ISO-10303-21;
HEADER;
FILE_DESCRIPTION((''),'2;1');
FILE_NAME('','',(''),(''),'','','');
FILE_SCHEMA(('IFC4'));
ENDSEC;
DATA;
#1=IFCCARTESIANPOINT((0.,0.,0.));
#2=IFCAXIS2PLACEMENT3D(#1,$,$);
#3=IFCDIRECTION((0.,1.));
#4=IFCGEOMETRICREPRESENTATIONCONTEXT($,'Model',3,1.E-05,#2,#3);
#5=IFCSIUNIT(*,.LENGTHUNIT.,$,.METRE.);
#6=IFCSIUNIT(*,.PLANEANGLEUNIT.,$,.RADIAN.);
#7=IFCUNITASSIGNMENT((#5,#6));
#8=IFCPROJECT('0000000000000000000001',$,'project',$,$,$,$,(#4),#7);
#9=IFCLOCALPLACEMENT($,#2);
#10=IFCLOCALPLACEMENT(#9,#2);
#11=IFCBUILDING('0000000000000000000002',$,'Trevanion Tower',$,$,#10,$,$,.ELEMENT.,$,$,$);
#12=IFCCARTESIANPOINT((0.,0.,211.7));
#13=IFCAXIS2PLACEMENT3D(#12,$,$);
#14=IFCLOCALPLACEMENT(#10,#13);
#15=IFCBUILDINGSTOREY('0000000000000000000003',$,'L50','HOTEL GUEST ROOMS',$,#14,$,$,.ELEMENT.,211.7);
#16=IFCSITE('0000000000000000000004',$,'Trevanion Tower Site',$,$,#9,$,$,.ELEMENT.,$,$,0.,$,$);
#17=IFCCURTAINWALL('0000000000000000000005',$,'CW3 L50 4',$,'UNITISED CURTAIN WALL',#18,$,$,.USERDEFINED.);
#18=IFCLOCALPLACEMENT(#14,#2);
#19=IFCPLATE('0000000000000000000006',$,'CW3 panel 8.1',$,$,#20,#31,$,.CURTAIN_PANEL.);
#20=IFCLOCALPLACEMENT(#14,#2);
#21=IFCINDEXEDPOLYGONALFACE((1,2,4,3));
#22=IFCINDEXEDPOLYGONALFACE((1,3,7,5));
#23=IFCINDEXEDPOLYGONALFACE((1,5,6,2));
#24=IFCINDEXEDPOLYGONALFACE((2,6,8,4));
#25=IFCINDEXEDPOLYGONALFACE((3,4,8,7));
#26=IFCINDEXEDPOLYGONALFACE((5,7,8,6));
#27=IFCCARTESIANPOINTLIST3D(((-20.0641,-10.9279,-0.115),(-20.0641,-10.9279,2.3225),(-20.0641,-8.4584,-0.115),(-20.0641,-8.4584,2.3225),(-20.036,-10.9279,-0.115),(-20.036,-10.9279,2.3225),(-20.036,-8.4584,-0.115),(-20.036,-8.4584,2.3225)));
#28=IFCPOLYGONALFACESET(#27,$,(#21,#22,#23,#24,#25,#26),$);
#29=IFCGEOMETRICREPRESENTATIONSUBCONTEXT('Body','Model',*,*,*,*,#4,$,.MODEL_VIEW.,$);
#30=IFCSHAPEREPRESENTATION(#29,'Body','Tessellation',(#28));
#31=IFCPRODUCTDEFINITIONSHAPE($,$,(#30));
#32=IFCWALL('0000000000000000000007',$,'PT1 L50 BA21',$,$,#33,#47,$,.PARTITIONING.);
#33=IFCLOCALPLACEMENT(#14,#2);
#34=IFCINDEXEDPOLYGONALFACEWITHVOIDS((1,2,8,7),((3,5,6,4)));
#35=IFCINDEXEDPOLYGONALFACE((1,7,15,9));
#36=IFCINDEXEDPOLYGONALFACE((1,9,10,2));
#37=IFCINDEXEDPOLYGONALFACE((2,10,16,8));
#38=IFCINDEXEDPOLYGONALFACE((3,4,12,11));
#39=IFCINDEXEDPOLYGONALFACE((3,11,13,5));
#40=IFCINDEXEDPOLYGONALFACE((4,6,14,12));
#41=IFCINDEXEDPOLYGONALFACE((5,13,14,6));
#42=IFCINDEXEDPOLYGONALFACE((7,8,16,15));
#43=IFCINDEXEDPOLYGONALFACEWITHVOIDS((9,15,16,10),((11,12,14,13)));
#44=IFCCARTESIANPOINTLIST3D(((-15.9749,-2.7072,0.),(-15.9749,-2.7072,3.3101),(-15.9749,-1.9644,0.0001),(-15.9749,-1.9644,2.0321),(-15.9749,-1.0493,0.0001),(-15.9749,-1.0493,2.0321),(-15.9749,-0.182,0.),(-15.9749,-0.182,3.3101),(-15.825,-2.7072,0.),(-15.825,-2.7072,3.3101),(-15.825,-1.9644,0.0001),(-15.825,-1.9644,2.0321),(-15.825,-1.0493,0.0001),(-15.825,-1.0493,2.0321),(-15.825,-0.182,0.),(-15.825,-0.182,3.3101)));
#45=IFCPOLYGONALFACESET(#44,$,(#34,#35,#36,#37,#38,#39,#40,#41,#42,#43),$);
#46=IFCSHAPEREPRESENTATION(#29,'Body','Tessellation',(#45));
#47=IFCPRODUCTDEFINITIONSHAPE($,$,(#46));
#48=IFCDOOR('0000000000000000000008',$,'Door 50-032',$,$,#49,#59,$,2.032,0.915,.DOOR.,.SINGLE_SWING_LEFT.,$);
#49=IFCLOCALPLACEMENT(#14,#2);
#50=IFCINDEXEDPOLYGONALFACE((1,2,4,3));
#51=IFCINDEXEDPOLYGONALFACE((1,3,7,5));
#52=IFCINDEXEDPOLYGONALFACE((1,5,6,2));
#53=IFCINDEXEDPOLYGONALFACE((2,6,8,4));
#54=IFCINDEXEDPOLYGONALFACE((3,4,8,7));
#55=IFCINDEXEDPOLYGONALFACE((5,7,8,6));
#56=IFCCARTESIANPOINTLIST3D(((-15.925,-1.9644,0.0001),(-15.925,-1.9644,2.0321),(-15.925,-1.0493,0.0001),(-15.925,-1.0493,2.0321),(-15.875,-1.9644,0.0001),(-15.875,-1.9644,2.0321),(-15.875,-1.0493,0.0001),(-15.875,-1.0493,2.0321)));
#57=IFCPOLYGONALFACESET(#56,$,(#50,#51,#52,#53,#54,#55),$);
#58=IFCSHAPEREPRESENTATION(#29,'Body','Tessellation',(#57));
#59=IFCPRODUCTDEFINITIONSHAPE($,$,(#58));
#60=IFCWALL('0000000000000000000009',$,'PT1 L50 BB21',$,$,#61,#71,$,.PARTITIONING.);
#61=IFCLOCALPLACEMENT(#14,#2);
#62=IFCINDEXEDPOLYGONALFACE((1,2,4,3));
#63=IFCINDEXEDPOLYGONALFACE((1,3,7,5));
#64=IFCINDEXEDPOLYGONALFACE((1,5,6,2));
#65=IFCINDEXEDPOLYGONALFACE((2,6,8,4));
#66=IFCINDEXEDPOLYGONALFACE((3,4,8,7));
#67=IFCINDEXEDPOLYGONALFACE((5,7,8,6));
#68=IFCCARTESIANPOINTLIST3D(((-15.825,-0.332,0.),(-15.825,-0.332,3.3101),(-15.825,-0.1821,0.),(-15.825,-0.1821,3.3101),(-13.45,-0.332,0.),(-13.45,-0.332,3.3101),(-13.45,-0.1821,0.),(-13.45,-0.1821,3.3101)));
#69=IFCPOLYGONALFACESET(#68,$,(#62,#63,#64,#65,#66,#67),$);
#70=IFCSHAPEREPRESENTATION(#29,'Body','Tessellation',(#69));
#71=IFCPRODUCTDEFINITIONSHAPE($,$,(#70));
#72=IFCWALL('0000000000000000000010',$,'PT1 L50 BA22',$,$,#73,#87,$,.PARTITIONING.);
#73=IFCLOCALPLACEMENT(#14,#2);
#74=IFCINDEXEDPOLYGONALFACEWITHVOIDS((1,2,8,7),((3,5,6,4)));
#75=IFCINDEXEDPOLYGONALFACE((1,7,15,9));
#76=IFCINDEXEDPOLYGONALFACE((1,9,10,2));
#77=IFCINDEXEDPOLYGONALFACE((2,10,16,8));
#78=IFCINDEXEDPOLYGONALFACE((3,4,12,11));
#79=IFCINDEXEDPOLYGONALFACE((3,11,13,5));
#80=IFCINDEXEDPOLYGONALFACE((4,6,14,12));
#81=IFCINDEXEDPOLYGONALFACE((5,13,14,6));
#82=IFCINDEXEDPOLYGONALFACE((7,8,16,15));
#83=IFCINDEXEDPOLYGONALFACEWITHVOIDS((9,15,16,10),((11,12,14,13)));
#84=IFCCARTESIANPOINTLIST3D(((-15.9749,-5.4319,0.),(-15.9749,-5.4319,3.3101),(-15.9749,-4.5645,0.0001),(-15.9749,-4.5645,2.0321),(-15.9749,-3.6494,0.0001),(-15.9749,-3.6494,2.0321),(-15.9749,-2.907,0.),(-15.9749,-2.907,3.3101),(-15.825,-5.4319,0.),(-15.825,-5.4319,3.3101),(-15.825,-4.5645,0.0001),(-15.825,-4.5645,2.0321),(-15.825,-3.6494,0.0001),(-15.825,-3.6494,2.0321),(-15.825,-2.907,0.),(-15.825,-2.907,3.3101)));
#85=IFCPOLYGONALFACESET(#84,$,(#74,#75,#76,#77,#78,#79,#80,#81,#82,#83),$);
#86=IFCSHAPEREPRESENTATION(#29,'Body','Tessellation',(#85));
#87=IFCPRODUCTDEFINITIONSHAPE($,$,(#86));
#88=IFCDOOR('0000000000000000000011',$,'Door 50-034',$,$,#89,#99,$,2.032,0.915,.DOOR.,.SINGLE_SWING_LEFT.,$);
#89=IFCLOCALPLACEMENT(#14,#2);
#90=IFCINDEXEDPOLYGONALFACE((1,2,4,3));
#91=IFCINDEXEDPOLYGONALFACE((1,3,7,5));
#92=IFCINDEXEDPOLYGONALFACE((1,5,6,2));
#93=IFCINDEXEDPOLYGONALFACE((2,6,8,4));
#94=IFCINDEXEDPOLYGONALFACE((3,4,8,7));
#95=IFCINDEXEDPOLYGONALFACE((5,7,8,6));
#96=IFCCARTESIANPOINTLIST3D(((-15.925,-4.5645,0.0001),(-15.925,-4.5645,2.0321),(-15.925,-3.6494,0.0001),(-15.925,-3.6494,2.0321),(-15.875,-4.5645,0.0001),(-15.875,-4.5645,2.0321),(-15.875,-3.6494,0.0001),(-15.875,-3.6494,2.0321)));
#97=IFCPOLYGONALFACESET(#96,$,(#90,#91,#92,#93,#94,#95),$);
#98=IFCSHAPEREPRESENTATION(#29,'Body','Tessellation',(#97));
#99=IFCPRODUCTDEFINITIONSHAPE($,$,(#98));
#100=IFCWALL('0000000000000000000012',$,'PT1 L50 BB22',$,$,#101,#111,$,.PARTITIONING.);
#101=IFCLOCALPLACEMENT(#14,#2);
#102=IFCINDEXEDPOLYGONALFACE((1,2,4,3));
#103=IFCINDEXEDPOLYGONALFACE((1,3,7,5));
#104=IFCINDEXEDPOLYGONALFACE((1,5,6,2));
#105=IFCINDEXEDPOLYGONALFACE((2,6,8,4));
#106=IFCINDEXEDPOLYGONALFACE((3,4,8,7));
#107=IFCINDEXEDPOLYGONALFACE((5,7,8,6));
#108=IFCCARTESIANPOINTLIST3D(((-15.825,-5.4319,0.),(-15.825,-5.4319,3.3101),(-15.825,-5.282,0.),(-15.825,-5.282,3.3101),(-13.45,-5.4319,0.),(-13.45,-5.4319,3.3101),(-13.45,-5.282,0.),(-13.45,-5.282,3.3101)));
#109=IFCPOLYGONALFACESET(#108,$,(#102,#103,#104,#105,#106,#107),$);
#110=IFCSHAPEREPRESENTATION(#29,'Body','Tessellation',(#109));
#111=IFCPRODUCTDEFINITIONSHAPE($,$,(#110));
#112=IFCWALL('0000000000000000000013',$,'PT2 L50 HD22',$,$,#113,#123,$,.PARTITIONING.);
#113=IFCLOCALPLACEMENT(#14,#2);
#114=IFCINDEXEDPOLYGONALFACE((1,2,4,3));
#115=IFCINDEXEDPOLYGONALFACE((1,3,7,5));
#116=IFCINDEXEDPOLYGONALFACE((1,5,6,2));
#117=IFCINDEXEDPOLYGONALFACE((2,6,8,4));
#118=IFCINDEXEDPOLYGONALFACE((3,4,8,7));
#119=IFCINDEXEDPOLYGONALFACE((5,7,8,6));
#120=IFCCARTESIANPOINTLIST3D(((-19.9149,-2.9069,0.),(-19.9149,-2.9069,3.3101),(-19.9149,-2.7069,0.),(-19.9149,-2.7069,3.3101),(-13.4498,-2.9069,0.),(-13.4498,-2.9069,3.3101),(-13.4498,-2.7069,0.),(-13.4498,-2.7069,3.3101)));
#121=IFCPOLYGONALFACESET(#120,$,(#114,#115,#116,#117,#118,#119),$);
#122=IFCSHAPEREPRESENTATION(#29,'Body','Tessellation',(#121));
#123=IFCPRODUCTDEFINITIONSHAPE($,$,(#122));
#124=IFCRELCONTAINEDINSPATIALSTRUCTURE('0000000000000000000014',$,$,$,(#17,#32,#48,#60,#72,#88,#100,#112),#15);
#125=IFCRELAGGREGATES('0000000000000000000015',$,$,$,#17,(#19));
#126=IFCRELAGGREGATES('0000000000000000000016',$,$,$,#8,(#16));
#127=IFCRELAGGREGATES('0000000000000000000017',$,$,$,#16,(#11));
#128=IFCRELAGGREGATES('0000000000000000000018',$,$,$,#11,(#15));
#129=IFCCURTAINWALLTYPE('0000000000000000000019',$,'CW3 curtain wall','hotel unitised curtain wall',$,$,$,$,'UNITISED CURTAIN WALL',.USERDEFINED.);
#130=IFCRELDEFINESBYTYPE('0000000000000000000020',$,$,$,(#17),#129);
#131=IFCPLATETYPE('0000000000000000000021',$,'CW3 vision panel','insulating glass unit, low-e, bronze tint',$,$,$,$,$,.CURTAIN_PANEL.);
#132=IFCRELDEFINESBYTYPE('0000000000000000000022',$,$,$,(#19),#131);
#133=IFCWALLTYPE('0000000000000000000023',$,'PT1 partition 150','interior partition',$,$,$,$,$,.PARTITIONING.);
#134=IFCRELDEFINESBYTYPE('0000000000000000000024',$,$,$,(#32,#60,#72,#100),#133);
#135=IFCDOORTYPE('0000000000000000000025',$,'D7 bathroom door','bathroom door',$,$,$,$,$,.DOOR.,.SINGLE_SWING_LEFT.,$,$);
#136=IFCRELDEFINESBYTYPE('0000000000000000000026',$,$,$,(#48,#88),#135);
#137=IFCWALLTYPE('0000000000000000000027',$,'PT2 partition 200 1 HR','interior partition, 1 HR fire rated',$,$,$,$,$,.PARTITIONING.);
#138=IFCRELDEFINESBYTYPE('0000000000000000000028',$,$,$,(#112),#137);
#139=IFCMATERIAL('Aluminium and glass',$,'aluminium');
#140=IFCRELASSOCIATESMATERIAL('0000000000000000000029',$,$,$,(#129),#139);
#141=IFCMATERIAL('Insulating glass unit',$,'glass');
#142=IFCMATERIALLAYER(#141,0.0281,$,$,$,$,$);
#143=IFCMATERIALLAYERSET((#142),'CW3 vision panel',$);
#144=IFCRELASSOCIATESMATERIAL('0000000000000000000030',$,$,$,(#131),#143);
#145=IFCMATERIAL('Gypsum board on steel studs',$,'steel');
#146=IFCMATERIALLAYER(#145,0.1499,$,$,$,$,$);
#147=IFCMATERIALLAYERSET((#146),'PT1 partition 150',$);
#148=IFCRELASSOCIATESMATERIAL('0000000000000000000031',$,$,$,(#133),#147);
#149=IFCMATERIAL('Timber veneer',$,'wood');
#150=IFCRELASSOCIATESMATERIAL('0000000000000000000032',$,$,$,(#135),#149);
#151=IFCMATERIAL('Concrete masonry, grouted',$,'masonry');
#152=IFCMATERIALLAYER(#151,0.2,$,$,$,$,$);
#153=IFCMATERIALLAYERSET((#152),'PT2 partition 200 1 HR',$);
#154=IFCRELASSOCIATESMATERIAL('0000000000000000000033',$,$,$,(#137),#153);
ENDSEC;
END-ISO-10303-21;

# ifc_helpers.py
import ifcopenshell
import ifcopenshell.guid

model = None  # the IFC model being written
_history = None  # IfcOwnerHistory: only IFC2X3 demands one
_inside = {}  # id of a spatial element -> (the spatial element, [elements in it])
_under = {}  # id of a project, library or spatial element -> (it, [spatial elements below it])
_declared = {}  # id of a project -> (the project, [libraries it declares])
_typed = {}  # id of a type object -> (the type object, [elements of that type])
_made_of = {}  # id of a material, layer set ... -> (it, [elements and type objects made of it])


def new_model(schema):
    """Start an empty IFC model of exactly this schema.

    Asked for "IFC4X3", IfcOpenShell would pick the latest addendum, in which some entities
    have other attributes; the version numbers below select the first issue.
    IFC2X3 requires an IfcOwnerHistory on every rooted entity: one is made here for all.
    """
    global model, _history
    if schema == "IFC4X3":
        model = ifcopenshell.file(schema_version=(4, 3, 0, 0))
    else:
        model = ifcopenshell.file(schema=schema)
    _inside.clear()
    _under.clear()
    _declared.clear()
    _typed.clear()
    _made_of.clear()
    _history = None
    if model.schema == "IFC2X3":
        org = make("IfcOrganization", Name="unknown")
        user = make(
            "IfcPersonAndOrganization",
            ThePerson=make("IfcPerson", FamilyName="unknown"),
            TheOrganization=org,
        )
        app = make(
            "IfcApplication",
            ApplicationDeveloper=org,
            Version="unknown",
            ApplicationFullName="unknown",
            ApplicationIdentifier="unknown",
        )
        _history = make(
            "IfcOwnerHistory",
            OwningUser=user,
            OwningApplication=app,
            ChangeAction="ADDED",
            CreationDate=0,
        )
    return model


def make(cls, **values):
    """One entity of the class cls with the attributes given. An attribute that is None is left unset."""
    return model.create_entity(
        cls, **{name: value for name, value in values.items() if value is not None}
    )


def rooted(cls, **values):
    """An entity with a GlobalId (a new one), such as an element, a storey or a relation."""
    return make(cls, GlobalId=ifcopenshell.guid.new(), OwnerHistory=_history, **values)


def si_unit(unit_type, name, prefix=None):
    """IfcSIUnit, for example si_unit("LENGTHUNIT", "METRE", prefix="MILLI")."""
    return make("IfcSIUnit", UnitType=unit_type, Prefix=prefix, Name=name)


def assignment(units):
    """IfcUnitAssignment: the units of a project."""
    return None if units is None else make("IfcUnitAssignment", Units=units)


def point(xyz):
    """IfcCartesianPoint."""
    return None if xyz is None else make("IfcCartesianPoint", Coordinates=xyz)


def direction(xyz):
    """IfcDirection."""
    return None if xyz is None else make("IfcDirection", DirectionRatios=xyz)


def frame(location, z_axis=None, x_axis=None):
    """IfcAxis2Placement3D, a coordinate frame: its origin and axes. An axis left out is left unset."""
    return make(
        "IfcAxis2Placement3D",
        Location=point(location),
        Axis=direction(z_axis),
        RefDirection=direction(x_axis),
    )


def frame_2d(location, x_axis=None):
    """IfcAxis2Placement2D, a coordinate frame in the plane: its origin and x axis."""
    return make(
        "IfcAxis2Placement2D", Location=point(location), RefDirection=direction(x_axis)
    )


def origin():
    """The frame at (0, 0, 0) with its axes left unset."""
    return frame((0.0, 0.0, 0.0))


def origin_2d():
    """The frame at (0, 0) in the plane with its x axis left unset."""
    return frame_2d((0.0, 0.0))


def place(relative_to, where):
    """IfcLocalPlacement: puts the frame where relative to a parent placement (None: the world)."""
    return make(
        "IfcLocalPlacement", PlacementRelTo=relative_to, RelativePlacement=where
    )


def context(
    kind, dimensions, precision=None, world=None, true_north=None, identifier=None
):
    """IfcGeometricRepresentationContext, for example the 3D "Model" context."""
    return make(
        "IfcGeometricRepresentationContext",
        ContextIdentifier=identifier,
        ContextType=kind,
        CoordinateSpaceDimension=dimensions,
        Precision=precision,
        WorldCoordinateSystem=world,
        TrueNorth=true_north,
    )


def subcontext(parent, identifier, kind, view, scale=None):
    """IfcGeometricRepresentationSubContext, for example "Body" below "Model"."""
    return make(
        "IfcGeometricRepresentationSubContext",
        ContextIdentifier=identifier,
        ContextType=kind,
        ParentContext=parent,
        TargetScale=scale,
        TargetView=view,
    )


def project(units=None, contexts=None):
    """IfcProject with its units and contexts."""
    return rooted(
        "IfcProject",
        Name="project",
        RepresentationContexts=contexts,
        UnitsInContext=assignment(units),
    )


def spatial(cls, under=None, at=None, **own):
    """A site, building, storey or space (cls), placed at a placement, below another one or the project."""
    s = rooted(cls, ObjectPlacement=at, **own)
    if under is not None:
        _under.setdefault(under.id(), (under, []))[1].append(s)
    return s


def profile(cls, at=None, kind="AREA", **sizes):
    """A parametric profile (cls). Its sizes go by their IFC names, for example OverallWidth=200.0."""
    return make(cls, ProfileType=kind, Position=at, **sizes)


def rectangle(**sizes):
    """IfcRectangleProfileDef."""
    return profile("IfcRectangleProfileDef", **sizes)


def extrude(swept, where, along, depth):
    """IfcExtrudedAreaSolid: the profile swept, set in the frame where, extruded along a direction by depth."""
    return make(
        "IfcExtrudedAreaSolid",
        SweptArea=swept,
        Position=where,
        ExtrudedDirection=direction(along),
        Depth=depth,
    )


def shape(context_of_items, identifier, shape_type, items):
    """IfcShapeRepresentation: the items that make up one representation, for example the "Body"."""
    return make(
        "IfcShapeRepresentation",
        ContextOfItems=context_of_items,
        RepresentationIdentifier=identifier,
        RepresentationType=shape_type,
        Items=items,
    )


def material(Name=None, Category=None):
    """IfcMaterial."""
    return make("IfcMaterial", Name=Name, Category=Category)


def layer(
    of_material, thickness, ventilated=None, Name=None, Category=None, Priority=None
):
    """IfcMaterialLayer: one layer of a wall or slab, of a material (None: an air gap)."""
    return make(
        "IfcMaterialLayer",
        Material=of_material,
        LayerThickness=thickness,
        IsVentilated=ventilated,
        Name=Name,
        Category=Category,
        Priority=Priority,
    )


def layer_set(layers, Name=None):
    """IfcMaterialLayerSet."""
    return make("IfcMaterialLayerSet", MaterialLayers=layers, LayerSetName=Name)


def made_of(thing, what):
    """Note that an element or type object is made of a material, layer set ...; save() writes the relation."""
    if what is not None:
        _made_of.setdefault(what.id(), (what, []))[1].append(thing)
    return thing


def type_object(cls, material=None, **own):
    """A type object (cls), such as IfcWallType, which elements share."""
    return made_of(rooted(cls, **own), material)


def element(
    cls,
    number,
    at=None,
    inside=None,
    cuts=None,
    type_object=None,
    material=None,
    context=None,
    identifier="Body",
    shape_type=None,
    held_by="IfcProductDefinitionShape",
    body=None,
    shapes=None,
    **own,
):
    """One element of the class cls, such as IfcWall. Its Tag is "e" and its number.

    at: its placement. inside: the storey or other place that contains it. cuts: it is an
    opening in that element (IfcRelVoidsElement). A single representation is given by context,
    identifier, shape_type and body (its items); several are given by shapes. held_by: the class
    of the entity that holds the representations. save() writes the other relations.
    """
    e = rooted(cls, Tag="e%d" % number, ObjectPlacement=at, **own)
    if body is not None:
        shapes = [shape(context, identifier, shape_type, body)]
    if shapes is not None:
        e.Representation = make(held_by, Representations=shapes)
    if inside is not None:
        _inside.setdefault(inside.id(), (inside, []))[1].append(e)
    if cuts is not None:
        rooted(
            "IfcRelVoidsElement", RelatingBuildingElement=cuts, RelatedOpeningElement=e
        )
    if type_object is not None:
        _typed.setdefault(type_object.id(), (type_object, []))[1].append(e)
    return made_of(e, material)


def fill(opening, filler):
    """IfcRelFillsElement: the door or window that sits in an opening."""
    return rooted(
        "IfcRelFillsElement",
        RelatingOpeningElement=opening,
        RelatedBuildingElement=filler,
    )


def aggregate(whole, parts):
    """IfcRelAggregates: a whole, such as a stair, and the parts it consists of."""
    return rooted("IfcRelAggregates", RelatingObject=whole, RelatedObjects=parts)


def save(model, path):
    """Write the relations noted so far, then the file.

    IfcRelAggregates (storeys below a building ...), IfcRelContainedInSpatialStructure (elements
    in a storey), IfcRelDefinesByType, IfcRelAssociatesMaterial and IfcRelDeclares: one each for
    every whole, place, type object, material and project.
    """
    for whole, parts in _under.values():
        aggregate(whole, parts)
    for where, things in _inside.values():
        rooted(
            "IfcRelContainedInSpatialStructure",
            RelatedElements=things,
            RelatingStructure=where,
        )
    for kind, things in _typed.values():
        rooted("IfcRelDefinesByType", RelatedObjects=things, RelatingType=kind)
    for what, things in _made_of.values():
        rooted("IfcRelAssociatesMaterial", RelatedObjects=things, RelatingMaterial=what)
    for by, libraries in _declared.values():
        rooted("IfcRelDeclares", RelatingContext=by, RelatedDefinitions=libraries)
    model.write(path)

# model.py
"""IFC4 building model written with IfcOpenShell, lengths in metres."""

from ifc_helpers import new_model, si_unit, direction, frame, frame_2d, origin, origin_2d, place, context, subcontext, project, spatial, rectangle, extrude, material, layer, layer_set, type_object, element, fill, aggregate, save


model = new_model("IFC4")

# Units and contexts
model_context = context("Model", 3, precision=1e-05, world=origin(), true_north=direction((0.0, 1.0)))
body_context = subcontext(model_context, "Body", "Model", "MODEL_VIEW")
ifc_project = project(units=[si_unit("LENGTHUNIT", "METRE"), si_unit("PLANEANGLEUNIT", "RADIAN")], contexts=[model_context])

# Site, building, storey
site_placement = place(None, origin())
site = spatial("IfcSite", under=ifc_project, at=site_placement, Name="Trevanion Tower Site", CompositionType="ELEMENT", RefElevation=0.0)
building_placement = place(site_placement, origin())
building = spatial("IfcBuilding", under=site, at=building_placement, Name="Trevanion Tower", CompositionType="ELEMENT")
storey_placement = place(building_placement, frame((0.0, 0.0, 211.7)))
storey = spatial("IfcBuildingStorey", under=building, at=storey_placement, Name="L50", Description="HOTEL GUEST ROOMS", CompositionType="ELEMENT", Elevation=211.7)

# Curtain wall
ifc_material_1 = material(Name="Aluminium and glass", Category="aluminium")
curtain_wall_type = type_object("IfcCurtainWallType", Name="CW3 curtain wall", Description="hotel unitised curtain wall", ElementType="UNITISED CURTAIN WALL", PredefinedType="USERDEFINED", material=ifc_material_1)
curtain_wall_placement = place(storey_placement, origin())
curtain_wall = element("IfcCurtainWall", 1, at=curtain_wall_placement, inside=storey, type_object=curtain_wall_type, Name="CW3 L50 4", ObjectType="UNITISED CURTAIN WALL", PredefinedType="USERDEFINED")

# Plate
ifc_material_2 = material(Name="Insulating glass unit", Category="glass")
ifc_layer_1 = layer(ifc_material_2, 0.0281)
ifc_layer_set_1 = layer_set([ifc_layer_1], Name="CW3 vision panel")
plate_type_1 = type_object("IfcPlateType", Name="CW3 vision panel", Description="insulating glass unit, low-e, bronze tint", PredefinedType="CURTAIN_PANEL", material=ifc_layer_set_1)
plate_1_placement = place(storey_placement, frame((-20.05, -9.6931, -0.115), z_axis=(0.0, 0.0, 1.0), x_axis=(0.0, -1.0, 0.0)))
plate_1 = element("IfcPlate", 2, at=plate_1_placement, type_object=plate_type_1, Name="CW3 panel 8.1", PredefinedType="CURTAIN_PANEL", context=body_context, shape_type="SweptSolid", body=[
    extrude(rectangle(XDim=2.4695, YDim=0.0281, at=origin_2d()), origin(), (0.0, 0.0, 1.0), 2.4375),
])
aggregate(curtain_wall, [plate_1])

# Wall, opening, door
ifc_material_3 = material(Name="Gypsum board on steel studs", Category="steel")
ifc_layer_2 = layer(ifc_material_3, 0.1499)
ifc_layer_set_2 = layer_set([ifc_layer_2], Name="PT1 partition 150")
wall_type_1 = type_object("IfcWallType", Name="PT1 partition 150", Description="interior partition", PredefinedType="PARTITIONING", material=ifc_layer_set_2)
wall_1_placement = place(storey_placement, frame((-15.8999, -0.1819, 0.0), z_axis=(0.0, 0.0, 1.0), x_axis=(0.0, -1.0, 0.0)))
wall_1 = element("IfcWall", 3, at=wall_1_placement, inside=storey, type_object=wall_type_1, Name="PT1 L50 BA21", PredefinedType="PARTITIONING", context=body_context, shape_type="SweptSolid", body=[
    extrude(rectangle(XDim=2.5251, YDim=0.1499, at=frame_2d((1.2627, 0.0))), origin(), (0.0, 0.0, 1.0), 3.3101),
])
opening_1_placement = place(wall_1_placement, frame((0.8674, 0.0, 0.0)))
opening_1 = element("IfcOpeningElement", 4, at=opening_1_placement, cuts=wall_1, PredefinedType="OPENING", context=body_context, shape_type="SweptSolid", body=[
    extrude(rectangle(XDim=0.915, YDim=2.032, at=frame_2d((0.4575, 1.0161))), frame((0.0, 0.085, 0.0), z_axis=(0.0, -1.0, 0.0), x_axis=(1.0, 0.0, 0.0)), (0.0, 0.0, 1.0), 0.1699),
])
ifc_material_4 = material(Name="Timber veneer", Category="wood")
door_type = type_object("IfcDoorType", Name="D7 bathroom door", Description="bathroom door", OperationType="SINGLE_SWING_LEFT", PredefinedType="DOOR", material=ifc_material_4)
door_1_placement = place(opening_1_placement, origin())
door_1 = element("IfcDoor", 5, at=door_1_placement, inside=storey, type_object=door_type, Name="Door 50-032", OperationType="SINGLE_SWING_LEFT", OverallHeight=2.032, OverallWidth=0.915, PredefinedType="DOOR", context=body_context, shape_type="SweptSolid", body=[
    extrude(rectangle(XDim=0.915, YDim=2.032, at=frame_2d((0.4575, 1.0161))), frame((0.0, 0.0249, 0.0), z_axis=(0.0, -1.0, 0.0), x_axis=(1.0, 0.0, 0.0)), (0.0, 0.0, 1.0), 0.05),
])
fill(opening_1, door_1)

# Wall
wall_2_placement = place(storey_placement, frame((-13.45, -0.2571, 0.0), z_axis=(0.0, 0.0, 1.0), x_axis=(-1.0, 0.0, 0.0)))
element("IfcWall", 6, at=wall_2_placement, inside=storey, type_object=wall_type_1, Name="PT1 L50 BB21", PredefinedType="PARTITIONING", context=body_context, shape_type="SweptSolid", body=[
    extrude(rectangle(XDim=2.375, YDim=0.1499, at=frame_2d((1.1875, 0.0))), origin(), (0.0, 0.0, 1.0), 3.3101),
])

# Wall, opening, door
wall_3_placement = place(storey_placement, frame((-15.8999, -2.907, 0.0), z_axis=(0.0, 0.0, 1.0), x_axis=(0.0, -1.0, 0.0)))
wall_3 = element("IfcWall", 7, at=wall_3_placement, inside=storey, type_object=wall_type_1, Name="PT1 L50 BA22", PredefinedType="PARTITIONING", context=body_context, shape_type="SweptSolid", body=[
    extrude(rectangle(XDim=2.5249, YDim=0.1499, at=frame_2d((1.2625, 0.0))), origin(), (0.0, 0.0, 1.0), 3.3101),
])
opening_2_placement = place(wall_3_placement, frame((0.7424, 0.0, 0.0)))
opening_2 = element("IfcOpeningElement", 8, at=opening_2_placement, cuts=wall_3, PredefinedType="OPENING", context=body_context, shape_type="SweptSolid", body=[
    extrude(rectangle(XDim=0.915, YDim=2.032, at=frame_2d((0.4575, 1.0161))), frame((0.0, 0.085, 0.0), z_axis=(0.0, -1.0, 0.0), x_axis=(1.0, 0.0, 0.0)), (0.0, 0.0, 1.0), 0.1699),
])
door_2_placement = place(opening_2_placement, origin())
door_2 = element("IfcDoor", 9, at=door_2_placement, inside=storey, type_object=door_type, Name="Door 50-034", OperationType="SINGLE_SWING_LEFT", OverallHeight=2.032, OverallWidth=0.915, PredefinedType="DOOR", context=body_context, shape_type="SweptSolid", body=[
    extrude(rectangle(XDim=0.915, YDim=2.032, at=frame_2d((0.4575, 1.0161))), frame((0.0, 0.0249, 0.0), z_axis=(0.0, -1.0, 0.0), x_axis=(1.0, 0.0, 0.0)), (0.0, 0.0, 1.0), 0.05),
])
fill(opening_2, door_2)

# Walls
wall_4_placement = place(storey_placement, frame((-13.45, -5.3569, 0.0), z_axis=(0.0, 0.0, 1.0), x_axis=(-1.0, 0.0, 0.0)))
element("IfcWall", 10, at=wall_4_placement, inside=storey, type_object=wall_type_1, Name="PT1 L50 BB22", PredefinedType="PARTITIONING", context=body_context, shape_type="SweptSolid", body=[
    extrude(rectangle(XDim=2.375, YDim=0.1499, at=frame_2d((1.1875, 0.0))), origin(), (0.0, 0.0, 1.0), 3.3101),
])
ifc_material_5 = material(Name="Concrete masonry, grouted", Category="masonry")
ifc_layer_3 = layer(ifc_material_5, 0.2)
ifc_layer_set_3 = layer_set([ifc_layer_3], Name="PT2 partition 200 1 HR")
wall_type_2 = type_object("IfcWallType", Name="PT2 partition 200 1 HR", Description="interior partition, 1 HR fire rated", PredefinedType="PARTITIONING", material=ifc_layer_set_3)
wall_5_placement = place(storey_placement, frame((-13.45, -2.8069, 0.0), z_axis=(0.0, 0.0, 1.0), x_axis=(-1.0, 0.0, 0.0)))
element("IfcWall", 11, at=wall_5_placement, inside=storey, type_object=wall_type_2, Name="PT2 L50 HD22", PredefinedType="PARTITIONING", context=body_context, shape_type="SweptSolid", body=[
    extrude(rectangle(XDim=6.4651, YDim=0.2, at=frame_2d((3.2324, 0.0))), origin(), (0.0, 0.0, 1.0), 3.3101),
])

save(model, "model.ifc")
